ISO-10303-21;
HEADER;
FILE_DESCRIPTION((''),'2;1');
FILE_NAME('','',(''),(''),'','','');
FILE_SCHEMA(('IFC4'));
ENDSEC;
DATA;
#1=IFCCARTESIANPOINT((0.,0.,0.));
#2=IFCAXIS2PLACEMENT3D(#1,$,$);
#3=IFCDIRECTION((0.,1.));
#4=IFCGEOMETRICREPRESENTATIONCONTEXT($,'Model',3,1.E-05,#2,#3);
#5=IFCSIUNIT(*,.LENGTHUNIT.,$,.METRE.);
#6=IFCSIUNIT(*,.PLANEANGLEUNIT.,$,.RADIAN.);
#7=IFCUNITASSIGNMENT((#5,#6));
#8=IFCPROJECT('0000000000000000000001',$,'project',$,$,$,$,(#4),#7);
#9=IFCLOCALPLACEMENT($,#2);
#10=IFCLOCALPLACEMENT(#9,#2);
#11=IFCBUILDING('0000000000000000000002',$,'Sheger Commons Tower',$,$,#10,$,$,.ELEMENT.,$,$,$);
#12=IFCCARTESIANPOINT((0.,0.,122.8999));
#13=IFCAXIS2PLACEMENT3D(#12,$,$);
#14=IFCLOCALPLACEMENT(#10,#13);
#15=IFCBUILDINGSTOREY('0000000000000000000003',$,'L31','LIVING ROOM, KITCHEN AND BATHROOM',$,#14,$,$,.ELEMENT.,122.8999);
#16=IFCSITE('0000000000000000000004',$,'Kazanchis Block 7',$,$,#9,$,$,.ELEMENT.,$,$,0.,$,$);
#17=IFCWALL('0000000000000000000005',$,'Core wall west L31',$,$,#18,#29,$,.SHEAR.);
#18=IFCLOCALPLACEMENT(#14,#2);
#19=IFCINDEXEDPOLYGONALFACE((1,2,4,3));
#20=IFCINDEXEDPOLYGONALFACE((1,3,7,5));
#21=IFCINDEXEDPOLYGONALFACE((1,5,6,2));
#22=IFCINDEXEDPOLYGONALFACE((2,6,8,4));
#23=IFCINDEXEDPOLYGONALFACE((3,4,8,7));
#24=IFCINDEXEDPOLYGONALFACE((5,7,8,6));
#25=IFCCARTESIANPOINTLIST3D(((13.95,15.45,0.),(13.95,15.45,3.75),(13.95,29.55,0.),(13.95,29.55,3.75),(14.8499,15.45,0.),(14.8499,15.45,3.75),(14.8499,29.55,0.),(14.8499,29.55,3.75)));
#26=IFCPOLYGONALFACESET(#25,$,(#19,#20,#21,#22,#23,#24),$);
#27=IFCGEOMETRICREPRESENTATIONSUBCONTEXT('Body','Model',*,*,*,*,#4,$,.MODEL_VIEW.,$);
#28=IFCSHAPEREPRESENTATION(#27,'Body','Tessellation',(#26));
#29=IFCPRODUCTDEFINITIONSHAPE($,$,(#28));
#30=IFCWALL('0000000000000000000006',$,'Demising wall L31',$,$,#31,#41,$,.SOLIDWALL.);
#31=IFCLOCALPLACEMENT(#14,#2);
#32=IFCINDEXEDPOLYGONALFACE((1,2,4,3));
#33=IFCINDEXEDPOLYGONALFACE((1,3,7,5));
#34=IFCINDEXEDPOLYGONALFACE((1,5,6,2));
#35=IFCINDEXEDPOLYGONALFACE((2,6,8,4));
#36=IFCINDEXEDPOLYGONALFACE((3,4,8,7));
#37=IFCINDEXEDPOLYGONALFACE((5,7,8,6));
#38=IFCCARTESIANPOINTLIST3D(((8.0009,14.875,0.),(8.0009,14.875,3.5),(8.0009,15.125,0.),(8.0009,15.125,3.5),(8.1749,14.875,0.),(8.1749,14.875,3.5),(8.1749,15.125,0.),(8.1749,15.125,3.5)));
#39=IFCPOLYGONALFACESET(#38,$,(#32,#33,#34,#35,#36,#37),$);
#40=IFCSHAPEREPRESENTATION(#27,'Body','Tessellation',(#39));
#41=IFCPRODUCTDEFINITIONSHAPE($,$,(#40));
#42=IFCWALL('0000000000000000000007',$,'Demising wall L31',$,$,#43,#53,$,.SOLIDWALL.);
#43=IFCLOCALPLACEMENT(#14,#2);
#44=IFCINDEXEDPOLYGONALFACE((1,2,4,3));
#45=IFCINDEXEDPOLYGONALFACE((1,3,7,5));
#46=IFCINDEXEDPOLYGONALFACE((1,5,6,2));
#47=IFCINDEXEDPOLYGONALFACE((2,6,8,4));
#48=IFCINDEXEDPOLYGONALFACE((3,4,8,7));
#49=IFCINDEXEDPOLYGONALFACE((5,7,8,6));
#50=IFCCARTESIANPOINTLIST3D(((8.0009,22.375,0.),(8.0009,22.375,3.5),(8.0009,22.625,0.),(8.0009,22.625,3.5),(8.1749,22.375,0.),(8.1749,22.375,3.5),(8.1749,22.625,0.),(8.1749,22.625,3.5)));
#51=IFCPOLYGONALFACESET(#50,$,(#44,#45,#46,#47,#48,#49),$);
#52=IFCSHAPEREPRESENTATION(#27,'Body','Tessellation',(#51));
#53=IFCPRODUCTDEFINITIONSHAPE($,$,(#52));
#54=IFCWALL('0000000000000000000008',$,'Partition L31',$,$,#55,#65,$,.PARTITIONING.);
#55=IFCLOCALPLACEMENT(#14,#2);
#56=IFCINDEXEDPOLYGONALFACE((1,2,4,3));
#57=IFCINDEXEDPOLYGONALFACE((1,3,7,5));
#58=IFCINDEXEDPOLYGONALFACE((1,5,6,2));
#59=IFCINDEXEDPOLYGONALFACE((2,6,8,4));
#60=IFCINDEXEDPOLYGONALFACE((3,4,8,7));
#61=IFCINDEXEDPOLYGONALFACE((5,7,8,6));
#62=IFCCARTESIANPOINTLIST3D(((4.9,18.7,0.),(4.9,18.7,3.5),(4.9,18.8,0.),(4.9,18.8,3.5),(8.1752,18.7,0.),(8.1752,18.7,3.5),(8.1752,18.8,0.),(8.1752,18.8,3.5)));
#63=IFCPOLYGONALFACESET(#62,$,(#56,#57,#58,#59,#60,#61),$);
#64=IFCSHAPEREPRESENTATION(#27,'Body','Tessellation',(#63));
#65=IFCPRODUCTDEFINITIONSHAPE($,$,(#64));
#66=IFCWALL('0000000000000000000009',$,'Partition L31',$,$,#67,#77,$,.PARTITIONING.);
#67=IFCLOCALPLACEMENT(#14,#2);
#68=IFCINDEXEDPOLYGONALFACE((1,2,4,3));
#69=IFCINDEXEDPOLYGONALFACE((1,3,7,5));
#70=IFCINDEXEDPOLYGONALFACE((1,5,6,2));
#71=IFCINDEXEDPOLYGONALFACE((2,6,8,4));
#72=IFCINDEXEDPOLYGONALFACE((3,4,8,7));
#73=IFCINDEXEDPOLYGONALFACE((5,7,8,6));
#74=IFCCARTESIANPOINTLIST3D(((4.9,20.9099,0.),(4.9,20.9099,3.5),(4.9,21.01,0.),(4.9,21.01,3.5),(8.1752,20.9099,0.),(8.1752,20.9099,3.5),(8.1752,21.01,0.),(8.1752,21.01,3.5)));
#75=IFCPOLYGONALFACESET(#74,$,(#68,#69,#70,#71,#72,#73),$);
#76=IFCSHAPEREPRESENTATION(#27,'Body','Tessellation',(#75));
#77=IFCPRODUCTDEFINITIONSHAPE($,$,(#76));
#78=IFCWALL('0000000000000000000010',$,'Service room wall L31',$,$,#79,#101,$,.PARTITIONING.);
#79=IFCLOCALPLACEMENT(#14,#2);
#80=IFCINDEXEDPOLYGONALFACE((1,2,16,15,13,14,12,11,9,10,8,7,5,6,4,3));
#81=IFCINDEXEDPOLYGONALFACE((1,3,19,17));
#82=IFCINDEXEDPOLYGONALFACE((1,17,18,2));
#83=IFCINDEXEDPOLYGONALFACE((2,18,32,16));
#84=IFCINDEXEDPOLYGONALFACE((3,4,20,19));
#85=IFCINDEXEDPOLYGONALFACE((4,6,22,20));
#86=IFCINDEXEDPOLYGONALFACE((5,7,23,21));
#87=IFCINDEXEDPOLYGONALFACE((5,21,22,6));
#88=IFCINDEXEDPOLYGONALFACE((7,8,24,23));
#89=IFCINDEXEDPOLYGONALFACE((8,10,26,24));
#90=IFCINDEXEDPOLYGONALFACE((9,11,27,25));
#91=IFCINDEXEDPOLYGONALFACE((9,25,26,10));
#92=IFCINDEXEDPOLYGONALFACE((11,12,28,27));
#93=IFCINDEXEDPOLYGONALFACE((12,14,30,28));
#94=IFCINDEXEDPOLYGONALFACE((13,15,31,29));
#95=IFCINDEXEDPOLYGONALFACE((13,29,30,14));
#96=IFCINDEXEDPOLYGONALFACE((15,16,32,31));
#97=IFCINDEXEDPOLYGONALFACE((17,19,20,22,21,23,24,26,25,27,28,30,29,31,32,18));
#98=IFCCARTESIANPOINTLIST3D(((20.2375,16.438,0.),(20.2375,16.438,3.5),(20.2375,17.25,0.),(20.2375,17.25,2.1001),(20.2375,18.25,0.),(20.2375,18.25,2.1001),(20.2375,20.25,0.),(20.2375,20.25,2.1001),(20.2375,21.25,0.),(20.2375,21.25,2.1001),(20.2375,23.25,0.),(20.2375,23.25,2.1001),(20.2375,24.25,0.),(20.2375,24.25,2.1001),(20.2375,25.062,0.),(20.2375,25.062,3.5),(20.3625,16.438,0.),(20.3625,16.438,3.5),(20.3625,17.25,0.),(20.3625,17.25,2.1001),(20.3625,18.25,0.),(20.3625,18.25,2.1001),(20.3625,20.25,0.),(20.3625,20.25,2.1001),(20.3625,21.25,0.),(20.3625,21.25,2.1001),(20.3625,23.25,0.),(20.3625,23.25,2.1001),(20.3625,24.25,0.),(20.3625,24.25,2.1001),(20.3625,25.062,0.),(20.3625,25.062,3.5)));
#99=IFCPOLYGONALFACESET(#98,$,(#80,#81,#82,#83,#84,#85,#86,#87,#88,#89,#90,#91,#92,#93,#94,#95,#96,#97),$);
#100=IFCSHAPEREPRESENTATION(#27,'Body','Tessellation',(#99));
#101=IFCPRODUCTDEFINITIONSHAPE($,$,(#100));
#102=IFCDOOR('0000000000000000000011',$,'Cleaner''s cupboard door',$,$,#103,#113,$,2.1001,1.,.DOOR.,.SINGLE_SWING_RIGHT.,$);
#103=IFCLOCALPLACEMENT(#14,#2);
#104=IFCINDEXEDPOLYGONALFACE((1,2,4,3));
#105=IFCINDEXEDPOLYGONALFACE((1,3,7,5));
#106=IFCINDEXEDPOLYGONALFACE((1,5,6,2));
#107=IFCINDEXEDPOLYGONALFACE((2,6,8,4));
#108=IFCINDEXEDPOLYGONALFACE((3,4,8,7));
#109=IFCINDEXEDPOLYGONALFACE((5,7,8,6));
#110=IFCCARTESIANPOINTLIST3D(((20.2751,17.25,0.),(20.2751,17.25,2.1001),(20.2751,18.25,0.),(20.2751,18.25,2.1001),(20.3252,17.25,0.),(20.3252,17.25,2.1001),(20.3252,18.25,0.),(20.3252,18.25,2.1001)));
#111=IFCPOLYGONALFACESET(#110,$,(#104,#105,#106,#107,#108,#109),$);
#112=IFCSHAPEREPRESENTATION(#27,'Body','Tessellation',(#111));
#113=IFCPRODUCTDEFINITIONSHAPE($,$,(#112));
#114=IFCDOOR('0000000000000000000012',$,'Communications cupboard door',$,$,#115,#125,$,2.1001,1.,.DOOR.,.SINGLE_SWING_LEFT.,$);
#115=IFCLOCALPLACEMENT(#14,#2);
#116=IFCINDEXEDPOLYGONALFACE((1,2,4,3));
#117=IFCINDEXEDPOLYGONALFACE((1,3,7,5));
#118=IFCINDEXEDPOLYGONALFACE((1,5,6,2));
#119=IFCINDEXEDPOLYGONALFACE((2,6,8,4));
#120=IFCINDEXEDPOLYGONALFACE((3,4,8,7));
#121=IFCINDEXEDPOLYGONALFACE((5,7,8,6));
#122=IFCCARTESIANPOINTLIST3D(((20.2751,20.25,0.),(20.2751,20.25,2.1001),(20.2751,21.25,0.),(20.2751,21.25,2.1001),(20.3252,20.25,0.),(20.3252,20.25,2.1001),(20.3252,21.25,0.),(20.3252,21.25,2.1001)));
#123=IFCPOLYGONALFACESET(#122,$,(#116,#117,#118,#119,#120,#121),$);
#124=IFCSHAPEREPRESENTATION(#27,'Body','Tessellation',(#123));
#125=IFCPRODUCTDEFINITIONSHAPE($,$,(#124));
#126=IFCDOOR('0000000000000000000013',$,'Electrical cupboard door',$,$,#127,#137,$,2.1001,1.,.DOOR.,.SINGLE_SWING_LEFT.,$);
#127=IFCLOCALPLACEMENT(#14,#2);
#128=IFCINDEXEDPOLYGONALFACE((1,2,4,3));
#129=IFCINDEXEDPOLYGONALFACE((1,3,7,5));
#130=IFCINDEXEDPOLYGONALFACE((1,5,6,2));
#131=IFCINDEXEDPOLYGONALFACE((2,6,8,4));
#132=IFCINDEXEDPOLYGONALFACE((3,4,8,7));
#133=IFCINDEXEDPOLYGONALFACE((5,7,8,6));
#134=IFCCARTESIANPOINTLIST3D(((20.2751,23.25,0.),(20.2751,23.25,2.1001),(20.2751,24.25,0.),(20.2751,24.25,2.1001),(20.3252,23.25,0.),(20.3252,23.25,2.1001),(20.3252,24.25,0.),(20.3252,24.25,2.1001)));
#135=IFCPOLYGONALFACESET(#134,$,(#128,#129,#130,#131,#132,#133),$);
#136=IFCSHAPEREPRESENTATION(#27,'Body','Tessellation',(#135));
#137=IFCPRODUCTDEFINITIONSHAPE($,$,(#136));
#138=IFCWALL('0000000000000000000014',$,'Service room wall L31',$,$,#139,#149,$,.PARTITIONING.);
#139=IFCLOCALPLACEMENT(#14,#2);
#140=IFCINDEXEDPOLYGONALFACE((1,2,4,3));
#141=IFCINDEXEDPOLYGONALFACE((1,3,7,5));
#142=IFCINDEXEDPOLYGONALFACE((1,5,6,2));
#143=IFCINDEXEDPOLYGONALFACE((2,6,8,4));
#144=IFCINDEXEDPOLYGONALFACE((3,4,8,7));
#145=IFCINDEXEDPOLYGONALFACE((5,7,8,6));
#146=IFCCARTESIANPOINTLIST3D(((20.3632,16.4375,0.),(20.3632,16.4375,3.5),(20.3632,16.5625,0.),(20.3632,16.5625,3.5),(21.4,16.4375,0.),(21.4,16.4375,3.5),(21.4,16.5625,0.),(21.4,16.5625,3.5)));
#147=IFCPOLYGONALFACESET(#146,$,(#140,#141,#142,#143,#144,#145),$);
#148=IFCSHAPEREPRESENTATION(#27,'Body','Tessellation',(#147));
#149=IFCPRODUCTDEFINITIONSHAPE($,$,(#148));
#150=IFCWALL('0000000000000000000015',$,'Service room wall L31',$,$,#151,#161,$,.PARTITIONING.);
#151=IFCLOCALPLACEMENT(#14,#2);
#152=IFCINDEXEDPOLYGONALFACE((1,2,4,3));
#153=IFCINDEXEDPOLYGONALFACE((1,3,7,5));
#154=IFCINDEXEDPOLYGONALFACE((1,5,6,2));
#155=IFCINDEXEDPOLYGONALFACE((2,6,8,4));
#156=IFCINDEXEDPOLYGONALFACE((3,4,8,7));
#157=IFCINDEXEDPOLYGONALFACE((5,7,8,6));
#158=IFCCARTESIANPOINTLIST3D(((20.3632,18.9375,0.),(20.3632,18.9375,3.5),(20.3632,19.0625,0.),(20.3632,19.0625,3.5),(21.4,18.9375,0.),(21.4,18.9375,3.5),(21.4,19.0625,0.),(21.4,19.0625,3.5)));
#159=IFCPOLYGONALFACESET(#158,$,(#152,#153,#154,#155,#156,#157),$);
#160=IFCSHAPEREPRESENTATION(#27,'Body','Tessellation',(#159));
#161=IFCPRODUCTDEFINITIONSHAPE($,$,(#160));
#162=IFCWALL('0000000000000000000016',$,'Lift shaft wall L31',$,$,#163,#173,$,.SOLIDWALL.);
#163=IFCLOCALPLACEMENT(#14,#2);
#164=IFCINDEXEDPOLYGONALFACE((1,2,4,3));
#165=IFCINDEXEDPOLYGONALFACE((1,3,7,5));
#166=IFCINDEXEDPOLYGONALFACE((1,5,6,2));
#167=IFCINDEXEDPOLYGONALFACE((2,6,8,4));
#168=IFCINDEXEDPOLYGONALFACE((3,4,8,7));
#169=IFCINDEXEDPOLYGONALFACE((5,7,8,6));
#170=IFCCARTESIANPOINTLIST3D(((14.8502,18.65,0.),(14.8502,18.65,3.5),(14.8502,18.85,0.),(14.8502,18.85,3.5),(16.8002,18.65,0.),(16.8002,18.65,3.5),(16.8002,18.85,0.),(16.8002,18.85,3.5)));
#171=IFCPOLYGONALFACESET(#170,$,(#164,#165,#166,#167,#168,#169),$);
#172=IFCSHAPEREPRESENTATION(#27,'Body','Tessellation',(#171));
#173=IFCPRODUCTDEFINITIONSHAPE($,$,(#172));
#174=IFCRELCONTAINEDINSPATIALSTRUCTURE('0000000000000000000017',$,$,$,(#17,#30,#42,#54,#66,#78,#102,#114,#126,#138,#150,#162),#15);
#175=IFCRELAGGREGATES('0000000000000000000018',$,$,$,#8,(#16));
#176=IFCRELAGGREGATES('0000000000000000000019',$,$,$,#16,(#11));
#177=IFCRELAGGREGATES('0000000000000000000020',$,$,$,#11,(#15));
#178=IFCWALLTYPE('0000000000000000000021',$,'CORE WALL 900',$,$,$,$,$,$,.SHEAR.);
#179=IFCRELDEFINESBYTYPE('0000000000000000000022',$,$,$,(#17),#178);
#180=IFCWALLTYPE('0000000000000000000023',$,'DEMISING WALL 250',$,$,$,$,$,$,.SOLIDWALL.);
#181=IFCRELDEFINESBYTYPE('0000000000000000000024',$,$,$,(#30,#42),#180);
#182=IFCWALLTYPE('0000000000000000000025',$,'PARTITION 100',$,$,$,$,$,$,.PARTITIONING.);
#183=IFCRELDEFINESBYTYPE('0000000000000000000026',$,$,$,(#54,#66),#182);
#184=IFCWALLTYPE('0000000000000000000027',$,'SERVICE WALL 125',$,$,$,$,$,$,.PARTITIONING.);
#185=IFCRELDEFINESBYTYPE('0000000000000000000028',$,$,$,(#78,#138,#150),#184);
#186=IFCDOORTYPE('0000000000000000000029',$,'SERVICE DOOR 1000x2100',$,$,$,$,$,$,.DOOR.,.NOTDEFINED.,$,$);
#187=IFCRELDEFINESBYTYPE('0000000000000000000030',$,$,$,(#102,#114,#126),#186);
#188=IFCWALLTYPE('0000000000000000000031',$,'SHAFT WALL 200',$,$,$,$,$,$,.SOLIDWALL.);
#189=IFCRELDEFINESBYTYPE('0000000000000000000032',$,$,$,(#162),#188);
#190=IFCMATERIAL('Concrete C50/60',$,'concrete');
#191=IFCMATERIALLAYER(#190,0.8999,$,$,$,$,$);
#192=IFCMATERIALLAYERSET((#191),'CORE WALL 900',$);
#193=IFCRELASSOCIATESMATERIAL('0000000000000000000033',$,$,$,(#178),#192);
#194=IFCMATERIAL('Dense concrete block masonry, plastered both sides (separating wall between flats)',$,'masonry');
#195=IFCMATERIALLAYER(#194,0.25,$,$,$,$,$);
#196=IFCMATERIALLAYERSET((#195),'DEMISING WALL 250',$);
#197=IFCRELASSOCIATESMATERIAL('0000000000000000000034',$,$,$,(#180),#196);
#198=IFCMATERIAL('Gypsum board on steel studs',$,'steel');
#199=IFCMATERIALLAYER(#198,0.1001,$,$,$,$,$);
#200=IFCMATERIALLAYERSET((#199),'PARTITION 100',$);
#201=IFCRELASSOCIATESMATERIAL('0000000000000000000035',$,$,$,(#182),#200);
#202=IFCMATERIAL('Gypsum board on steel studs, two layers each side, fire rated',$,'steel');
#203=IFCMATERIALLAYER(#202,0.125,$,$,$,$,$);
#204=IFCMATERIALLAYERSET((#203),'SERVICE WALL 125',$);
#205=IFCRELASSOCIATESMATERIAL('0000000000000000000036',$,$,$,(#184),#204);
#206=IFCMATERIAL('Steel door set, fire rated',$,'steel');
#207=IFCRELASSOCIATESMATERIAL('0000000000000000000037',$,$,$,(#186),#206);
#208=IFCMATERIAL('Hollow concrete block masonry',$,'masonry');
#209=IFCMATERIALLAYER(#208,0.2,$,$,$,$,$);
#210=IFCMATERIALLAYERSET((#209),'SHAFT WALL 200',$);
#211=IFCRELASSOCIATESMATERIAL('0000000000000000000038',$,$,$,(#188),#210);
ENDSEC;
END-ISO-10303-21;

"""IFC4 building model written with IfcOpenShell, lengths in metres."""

from ifc_helpers import new_model, si_unit, direction, frame, frame_2d, origin, place, context, subcontext, project, spatial, rectangle, extrude, material, layer, layer_set, type_object, element, fill, save


model = new_model("IFC4")

# Units and contexts
model_context = context("Model", 3, precision=1e-05, world=origin(), true_north=direction((0.0, 1.0)))
body_context = subcontext(model_context, "Body", "Model", "MODEL_VIEW")
ifc_project = project(units=[si_unit("LENGTHUNIT", "METRE"), si_unit("PLANEANGLEUNIT", "RADIAN")], contexts=[model_context])

# Site, building, storey
site_placement = place(None, origin())
site = spatial("IfcSite", under=ifc_project, at=site_placement, Name="Kazanchis Block 7", CompositionType="ELEMENT", RefElevation=0.0)
building_placement = place(site_placement, origin())
building = spatial("IfcBuilding", under=site, at=building_placement, Name="Sheger Commons Tower", CompositionType="ELEMENT")
storey_placement = place(building_placement, frame((0.0, 0.0, 122.8999)))
storey = spatial("IfcBuildingStorey", under=building, at=storey_placement, Name="L31", Description="LIVING ROOM, KITCHEN AND BATHROOM", CompositionType="ELEMENT", Elevation=122.8999)

# Shared definitions
ifc_material_1 = material(Name="Concrete C50/60", Category="concrete")
ifc_layer_1 = layer(ifc_material_1, 0.8999)
ifc_layer_set_1 = layer_set([ifc_layer_1], Name="CORE WALL 900")
wall_type_1 = type_object("IfcWallType", Name="CORE WALL 900", PredefinedType="SHEAR", material=ifc_layer_set_1)

# Walls
wall_1_placement = place(storey_placement, frame((14.3999, 15.45, 0.0), z_axis=(0.0, 0.0, 1.0), x_axis=(0.0, 1.0, 0.0)))
element("IfcWall", 1, at=wall_1_placement, inside=storey, type_object=wall_type_1, Name="Core wall west L31", PredefinedType="SHEAR", context=body_context, shape_type="SweptSolid", body=[
    extrude(rectangle(XDim=14.1001, YDim=0.8999, at=frame_2d((7.05, 0.0))), origin(), (0.0, 0.0, 1.0), 3.75),
])
ifc_material_2 = material(Name="Dense concrete block masonry, plastered both sides (separating wall between flats)", Category="masonry")
ifc_layer_2 = layer(ifc_material_2, 0.25)
ifc_layer_set_2 = layer_set([ifc_layer_2], Name="DEMISING WALL 250")
wall_type_2 = type_object("IfcWallType", Name="DEMISING WALL 250", PredefinedType="SOLIDWALL", material=ifc_layer_set_2)
for number, where, z_axis, x_axis, name in (
    (2, (8.001, 15.0, 0.0), (0.0, 0.0, 1.0), (1.0, 0.0, 0.0), "Demising wall L31"),
    (3, (8.001, 22.5, 0.0), (0.0, 0.0, 1.0), (1.0, 0.0, 0.0), "Demising wall L31"),
):
    element("IfcWall", number, at=place(storey_placement, frame(where, z_axis=z_axis, x_axis=x_axis)), inside=storey, type_object=wall_type_2, Name=name, PredefinedType="SOLIDWALL", context=body_context, shape_type="SweptSolid", body=[
        extrude(rectangle(XDim=0.1741, YDim=0.25, at=frame_2d((0.0869, 0.0))), origin(), (0.0, 0.0, 1.0), 3.5),
    ])
ifc_material_3 = material(Name="Gypsum board on steel studs", Category="steel")
ifc_layer_3 = layer(ifc_material_3, 0.1001)
ifc_layer_set_3 = layer_set([ifc_layer_3], Name="PARTITION 100")
wall_type_3 = type_object("IfcWallType", Name="PARTITION 100", PredefinedType="PARTITIONING", material=ifc_layer_set_3)
for number, where, z_axis, x_axis, name in (
    (4, (4.8999, 18.75, 0.0), (0.0, 0.0, 1.0), (1.0, 0.0, 0.0), "Partition L31"),
    (5, (4.8999, 20.96, 0.0), (0.0, 0.0, 1.0), (1.0, 0.0, 0.0), "Partition L31"),
):
    element("IfcWall", number, at=place(storey_placement, frame(where, z_axis=z_axis, x_axis=x_axis)), inside=storey, type_object=wall_type_3, Name=name, PredefinedType="PARTITIONING", context=body_context, shape_type="SweptSolid", body=[
        extrude(rectangle(XDim=3.2751, YDim=0.1001, at=frame_2d((1.6377, 0.0))), origin(), (0.0, 0.0, 1.0), 3.5),
    ])

# Wall, openings, doors
ifc_material_4 = material(Name="Gypsum board on steel studs, two layers each side, fire rated", Category="steel")
ifc_layer_4 = layer(ifc_material_4, 0.125)
ifc_layer_set_4 = layer_set([ifc_layer_4], Name="SERVICE WALL 125")
wall_type_4 = type_object("IfcWallType", Name="SERVICE WALL 125", PredefinedType="PARTITIONING", material=ifc_layer_set_4)
wall_2_placement = place(storey_placement, frame((20.3, 16.438, 0.0), z_axis=(0.0, 0.0, 1.0), x_axis=(0.0, 1.0, 0.0)))
wall_2 = element("IfcWall", 6, at=wall_2_placement, inside=storey, type_object=wall_type_4, Name="Service room wall L31", PredefinedType="PARTITIONING", context=body_context, shape_type="SweptSolid", body=[
    extrude(rectangle(XDim=8.624, YDim=0.125, at=frame_2d((4.312, 0.0))), origin(), (0.0, 0.0, 1.0), 3.5),
])
opening_1_placement = place(wall_2_placement, frame((0.812, 0.0, 0.0)))
opening_1 = element("IfcOpeningElement", 7, at=opening_1_placement, cuts=wall_2, PredefinedType="OPENING", context=body_context, shape_type="SweptSolid", body=[
    extrude(rectangle(XDim=1.0, YDim=2.1001, at=frame_2d((0.5, 1.05))), frame((0.0, 0.0725, 0.0), z_axis=(0.0, -1.0, 0.0), x_axis=(1.0, 0.0, 0.0)), (0.0, 0.0, 1.0), 0.145),
])
opening_2_placement = place(wall_2_placement, frame((3.812, 0.0, 0.0)))
opening_2 = element("IfcOpeningElement", 8, at=opening_2_placement, cuts=wall_2, PredefinedType="OPENING", context=body_context, shape_type="SweptSolid", body=[
    extrude(rectangle(XDim=1.0, YDim=2.1001, at=frame_2d((0.5, 1.05))), frame((0.0, 0.0725, 0.0), z_axis=(0.0, -1.0, 0.0), x_axis=(1.0, 0.0, 0.0)), (0.0, 0.0, 1.0), 0.145),
])
opening_3_placement = place(wall_2_placement, frame((6.812, 0.0, 0.0)))
opening_3 = element("IfcOpeningElement", 9, at=opening_3_placement, cuts=wall_2, PredefinedType="OPENING", context=body_context, shape_type="SweptSolid", body=[
    extrude(rectangle(XDim=1.0, YDim=2.1001, at=frame_2d((0.5, 1.05))), frame((0.0, 0.0725, 0.0), z_axis=(0.0, -1.0, 0.0), x_axis=(1.0, 0.0, 0.0)), (0.0, 0.0, 1.0), 0.145),
])
ifc_material_5 = material(Name="Steel door set, fire rated", Category="steel")
door_type_1 = type_object("IfcDoorType", Name="SERVICE DOOR 1000x2100", OperationType="NOTDEFINED", PredefinedType="DOOR", material=ifc_material_5)
door_1_placement = place(opening_1_placement, origin())
door_1 = element("IfcDoor", 10, at=door_1_placement, inside=storey, type_object=door_type_1, Name="Cleaner's cupboard door", OperationType="SINGLE_SWING_RIGHT", OverallHeight=2.1001, OverallWidth=1.0, PredefinedType="DOOR", context=body_context, shape_type="SweptSolid", body=[
    extrude(rectangle(XDim=1.0, YDim=2.1001, at=frame_2d((0.5, 1.05))), frame((0.0, 0.0249, 0.0), z_axis=(0.0, -1.0, 0.0), x_axis=(1.0, 0.0, 0.0)), (0.0, 0.0, 1.0), 0.05),
])
fill(opening_1, door_1)
door_2_placement = place(opening_2_placement, origin())
door_2 = element("IfcDoor", 11, at=door_2_placement, inside=storey, type_object=door_type_1, Name="Communications cupboard door", OperationType="SINGLE_SWING_LEFT", OverallHeight=2.1001, OverallWidth=1.0, PredefinedType="DOOR", context=body_context, shape_type="SweptSolid", body=[
    extrude(rectangle(XDim=1.0, YDim=2.1001, at=frame_2d((0.5, 1.05))), frame((0.0, 0.0249, 0.0), z_axis=(0.0, -1.0, 0.0), x_axis=(1.0, 0.0, 0.0)), (0.0, 0.0, 1.0), 0.05),
])
fill(opening_2, door_2)
door_3_placement = place(opening_3_placement, origin())
door_3 = element("IfcDoor", 12, at=door_3_placement, inside=storey, type_object=door_type_1, Name="Electrical cupboard door", OperationType="SINGLE_SWING_LEFT", OverallHeight=2.1001, OverallWidth=1.0, PredefinedType="DOOR", context=body_context, shape_type="SweptSolid", body=[
    extrude(rectangle(XDim=1.0, YDim=2.1001, at=frame_2d((0.5, 1.05))), frame((0.0, 0.0249, 0.0), z_axis=(0.0, -1.0, 0.0), x_axis=(1.0, 0.0, 0.0)), (0.0, 0.0, 1.0), 0.05),
])
fill(opening_3, door_3)

# Walls
for number, where, z_axis, x_axis, name in (
    (13, (20.363, 16.5, 0.0), (0.0, 0.0, 1.0), (1.0, 0.0, 0.0), "Service room wall L31"),
    (14, (20.363, 19.0, 0.0), (0.0, 0.0, 1.0), (1.0, 0.0, 0.0), "Service room wall L31"),
):
    element("IfcWall", number, at=place(storey_placement, frame(where, z_axis=z_axis, x_axis=x_axis)), inside=storey, type_object=wall_type_4, Name=name, PredefinedType="PARTITIONING", context=body_context, shape_type="SweptSolid", body=[
        extrude(rectangle(XDim=1.0369, YDim=0.125, at=frame_2d((0.5186, 0.0))), origin(), (0.0, 0.0, 1.0), 3.5),
    ])
ifc_material_6 = material(Name="Hollow concrete block masonry", Category="masonry")
ifc_layer_5 = layer(ifc_material_6, 0.2)
ifc_layer_set_5 = layer_set([ifc_layer_5], Name="SHAFT WALL 200")
wall_type_5 = type_object("IfcWallType", Name="SHAFT WALL 200", PredefinedType="SOLIDWALL", material=ifc_layer_set_5)
wall_3_placement = place(storey_placement, frame((14.8501, 18.75, 0.0), z_axis=(0.0, 0.0, 1.0), x_axis=(1.0, 0.0, 0.0)))
element("IfcWall", 15, at=wall_3_placement, inside=storey, type_object=wall_type_5, Name="Lift shaft wall L31", PredefinedType="SOLIDWALL", context=body_context, shape_type="SweptSolid", body=[
    extrude(rectangle(XDim=1.95, YDim=0.2, at=frame_2d((0.9751, 0.0))), origin(), (0.0, 0.0, 1.0), 3.5),
])

save(model, "model.ifc")
